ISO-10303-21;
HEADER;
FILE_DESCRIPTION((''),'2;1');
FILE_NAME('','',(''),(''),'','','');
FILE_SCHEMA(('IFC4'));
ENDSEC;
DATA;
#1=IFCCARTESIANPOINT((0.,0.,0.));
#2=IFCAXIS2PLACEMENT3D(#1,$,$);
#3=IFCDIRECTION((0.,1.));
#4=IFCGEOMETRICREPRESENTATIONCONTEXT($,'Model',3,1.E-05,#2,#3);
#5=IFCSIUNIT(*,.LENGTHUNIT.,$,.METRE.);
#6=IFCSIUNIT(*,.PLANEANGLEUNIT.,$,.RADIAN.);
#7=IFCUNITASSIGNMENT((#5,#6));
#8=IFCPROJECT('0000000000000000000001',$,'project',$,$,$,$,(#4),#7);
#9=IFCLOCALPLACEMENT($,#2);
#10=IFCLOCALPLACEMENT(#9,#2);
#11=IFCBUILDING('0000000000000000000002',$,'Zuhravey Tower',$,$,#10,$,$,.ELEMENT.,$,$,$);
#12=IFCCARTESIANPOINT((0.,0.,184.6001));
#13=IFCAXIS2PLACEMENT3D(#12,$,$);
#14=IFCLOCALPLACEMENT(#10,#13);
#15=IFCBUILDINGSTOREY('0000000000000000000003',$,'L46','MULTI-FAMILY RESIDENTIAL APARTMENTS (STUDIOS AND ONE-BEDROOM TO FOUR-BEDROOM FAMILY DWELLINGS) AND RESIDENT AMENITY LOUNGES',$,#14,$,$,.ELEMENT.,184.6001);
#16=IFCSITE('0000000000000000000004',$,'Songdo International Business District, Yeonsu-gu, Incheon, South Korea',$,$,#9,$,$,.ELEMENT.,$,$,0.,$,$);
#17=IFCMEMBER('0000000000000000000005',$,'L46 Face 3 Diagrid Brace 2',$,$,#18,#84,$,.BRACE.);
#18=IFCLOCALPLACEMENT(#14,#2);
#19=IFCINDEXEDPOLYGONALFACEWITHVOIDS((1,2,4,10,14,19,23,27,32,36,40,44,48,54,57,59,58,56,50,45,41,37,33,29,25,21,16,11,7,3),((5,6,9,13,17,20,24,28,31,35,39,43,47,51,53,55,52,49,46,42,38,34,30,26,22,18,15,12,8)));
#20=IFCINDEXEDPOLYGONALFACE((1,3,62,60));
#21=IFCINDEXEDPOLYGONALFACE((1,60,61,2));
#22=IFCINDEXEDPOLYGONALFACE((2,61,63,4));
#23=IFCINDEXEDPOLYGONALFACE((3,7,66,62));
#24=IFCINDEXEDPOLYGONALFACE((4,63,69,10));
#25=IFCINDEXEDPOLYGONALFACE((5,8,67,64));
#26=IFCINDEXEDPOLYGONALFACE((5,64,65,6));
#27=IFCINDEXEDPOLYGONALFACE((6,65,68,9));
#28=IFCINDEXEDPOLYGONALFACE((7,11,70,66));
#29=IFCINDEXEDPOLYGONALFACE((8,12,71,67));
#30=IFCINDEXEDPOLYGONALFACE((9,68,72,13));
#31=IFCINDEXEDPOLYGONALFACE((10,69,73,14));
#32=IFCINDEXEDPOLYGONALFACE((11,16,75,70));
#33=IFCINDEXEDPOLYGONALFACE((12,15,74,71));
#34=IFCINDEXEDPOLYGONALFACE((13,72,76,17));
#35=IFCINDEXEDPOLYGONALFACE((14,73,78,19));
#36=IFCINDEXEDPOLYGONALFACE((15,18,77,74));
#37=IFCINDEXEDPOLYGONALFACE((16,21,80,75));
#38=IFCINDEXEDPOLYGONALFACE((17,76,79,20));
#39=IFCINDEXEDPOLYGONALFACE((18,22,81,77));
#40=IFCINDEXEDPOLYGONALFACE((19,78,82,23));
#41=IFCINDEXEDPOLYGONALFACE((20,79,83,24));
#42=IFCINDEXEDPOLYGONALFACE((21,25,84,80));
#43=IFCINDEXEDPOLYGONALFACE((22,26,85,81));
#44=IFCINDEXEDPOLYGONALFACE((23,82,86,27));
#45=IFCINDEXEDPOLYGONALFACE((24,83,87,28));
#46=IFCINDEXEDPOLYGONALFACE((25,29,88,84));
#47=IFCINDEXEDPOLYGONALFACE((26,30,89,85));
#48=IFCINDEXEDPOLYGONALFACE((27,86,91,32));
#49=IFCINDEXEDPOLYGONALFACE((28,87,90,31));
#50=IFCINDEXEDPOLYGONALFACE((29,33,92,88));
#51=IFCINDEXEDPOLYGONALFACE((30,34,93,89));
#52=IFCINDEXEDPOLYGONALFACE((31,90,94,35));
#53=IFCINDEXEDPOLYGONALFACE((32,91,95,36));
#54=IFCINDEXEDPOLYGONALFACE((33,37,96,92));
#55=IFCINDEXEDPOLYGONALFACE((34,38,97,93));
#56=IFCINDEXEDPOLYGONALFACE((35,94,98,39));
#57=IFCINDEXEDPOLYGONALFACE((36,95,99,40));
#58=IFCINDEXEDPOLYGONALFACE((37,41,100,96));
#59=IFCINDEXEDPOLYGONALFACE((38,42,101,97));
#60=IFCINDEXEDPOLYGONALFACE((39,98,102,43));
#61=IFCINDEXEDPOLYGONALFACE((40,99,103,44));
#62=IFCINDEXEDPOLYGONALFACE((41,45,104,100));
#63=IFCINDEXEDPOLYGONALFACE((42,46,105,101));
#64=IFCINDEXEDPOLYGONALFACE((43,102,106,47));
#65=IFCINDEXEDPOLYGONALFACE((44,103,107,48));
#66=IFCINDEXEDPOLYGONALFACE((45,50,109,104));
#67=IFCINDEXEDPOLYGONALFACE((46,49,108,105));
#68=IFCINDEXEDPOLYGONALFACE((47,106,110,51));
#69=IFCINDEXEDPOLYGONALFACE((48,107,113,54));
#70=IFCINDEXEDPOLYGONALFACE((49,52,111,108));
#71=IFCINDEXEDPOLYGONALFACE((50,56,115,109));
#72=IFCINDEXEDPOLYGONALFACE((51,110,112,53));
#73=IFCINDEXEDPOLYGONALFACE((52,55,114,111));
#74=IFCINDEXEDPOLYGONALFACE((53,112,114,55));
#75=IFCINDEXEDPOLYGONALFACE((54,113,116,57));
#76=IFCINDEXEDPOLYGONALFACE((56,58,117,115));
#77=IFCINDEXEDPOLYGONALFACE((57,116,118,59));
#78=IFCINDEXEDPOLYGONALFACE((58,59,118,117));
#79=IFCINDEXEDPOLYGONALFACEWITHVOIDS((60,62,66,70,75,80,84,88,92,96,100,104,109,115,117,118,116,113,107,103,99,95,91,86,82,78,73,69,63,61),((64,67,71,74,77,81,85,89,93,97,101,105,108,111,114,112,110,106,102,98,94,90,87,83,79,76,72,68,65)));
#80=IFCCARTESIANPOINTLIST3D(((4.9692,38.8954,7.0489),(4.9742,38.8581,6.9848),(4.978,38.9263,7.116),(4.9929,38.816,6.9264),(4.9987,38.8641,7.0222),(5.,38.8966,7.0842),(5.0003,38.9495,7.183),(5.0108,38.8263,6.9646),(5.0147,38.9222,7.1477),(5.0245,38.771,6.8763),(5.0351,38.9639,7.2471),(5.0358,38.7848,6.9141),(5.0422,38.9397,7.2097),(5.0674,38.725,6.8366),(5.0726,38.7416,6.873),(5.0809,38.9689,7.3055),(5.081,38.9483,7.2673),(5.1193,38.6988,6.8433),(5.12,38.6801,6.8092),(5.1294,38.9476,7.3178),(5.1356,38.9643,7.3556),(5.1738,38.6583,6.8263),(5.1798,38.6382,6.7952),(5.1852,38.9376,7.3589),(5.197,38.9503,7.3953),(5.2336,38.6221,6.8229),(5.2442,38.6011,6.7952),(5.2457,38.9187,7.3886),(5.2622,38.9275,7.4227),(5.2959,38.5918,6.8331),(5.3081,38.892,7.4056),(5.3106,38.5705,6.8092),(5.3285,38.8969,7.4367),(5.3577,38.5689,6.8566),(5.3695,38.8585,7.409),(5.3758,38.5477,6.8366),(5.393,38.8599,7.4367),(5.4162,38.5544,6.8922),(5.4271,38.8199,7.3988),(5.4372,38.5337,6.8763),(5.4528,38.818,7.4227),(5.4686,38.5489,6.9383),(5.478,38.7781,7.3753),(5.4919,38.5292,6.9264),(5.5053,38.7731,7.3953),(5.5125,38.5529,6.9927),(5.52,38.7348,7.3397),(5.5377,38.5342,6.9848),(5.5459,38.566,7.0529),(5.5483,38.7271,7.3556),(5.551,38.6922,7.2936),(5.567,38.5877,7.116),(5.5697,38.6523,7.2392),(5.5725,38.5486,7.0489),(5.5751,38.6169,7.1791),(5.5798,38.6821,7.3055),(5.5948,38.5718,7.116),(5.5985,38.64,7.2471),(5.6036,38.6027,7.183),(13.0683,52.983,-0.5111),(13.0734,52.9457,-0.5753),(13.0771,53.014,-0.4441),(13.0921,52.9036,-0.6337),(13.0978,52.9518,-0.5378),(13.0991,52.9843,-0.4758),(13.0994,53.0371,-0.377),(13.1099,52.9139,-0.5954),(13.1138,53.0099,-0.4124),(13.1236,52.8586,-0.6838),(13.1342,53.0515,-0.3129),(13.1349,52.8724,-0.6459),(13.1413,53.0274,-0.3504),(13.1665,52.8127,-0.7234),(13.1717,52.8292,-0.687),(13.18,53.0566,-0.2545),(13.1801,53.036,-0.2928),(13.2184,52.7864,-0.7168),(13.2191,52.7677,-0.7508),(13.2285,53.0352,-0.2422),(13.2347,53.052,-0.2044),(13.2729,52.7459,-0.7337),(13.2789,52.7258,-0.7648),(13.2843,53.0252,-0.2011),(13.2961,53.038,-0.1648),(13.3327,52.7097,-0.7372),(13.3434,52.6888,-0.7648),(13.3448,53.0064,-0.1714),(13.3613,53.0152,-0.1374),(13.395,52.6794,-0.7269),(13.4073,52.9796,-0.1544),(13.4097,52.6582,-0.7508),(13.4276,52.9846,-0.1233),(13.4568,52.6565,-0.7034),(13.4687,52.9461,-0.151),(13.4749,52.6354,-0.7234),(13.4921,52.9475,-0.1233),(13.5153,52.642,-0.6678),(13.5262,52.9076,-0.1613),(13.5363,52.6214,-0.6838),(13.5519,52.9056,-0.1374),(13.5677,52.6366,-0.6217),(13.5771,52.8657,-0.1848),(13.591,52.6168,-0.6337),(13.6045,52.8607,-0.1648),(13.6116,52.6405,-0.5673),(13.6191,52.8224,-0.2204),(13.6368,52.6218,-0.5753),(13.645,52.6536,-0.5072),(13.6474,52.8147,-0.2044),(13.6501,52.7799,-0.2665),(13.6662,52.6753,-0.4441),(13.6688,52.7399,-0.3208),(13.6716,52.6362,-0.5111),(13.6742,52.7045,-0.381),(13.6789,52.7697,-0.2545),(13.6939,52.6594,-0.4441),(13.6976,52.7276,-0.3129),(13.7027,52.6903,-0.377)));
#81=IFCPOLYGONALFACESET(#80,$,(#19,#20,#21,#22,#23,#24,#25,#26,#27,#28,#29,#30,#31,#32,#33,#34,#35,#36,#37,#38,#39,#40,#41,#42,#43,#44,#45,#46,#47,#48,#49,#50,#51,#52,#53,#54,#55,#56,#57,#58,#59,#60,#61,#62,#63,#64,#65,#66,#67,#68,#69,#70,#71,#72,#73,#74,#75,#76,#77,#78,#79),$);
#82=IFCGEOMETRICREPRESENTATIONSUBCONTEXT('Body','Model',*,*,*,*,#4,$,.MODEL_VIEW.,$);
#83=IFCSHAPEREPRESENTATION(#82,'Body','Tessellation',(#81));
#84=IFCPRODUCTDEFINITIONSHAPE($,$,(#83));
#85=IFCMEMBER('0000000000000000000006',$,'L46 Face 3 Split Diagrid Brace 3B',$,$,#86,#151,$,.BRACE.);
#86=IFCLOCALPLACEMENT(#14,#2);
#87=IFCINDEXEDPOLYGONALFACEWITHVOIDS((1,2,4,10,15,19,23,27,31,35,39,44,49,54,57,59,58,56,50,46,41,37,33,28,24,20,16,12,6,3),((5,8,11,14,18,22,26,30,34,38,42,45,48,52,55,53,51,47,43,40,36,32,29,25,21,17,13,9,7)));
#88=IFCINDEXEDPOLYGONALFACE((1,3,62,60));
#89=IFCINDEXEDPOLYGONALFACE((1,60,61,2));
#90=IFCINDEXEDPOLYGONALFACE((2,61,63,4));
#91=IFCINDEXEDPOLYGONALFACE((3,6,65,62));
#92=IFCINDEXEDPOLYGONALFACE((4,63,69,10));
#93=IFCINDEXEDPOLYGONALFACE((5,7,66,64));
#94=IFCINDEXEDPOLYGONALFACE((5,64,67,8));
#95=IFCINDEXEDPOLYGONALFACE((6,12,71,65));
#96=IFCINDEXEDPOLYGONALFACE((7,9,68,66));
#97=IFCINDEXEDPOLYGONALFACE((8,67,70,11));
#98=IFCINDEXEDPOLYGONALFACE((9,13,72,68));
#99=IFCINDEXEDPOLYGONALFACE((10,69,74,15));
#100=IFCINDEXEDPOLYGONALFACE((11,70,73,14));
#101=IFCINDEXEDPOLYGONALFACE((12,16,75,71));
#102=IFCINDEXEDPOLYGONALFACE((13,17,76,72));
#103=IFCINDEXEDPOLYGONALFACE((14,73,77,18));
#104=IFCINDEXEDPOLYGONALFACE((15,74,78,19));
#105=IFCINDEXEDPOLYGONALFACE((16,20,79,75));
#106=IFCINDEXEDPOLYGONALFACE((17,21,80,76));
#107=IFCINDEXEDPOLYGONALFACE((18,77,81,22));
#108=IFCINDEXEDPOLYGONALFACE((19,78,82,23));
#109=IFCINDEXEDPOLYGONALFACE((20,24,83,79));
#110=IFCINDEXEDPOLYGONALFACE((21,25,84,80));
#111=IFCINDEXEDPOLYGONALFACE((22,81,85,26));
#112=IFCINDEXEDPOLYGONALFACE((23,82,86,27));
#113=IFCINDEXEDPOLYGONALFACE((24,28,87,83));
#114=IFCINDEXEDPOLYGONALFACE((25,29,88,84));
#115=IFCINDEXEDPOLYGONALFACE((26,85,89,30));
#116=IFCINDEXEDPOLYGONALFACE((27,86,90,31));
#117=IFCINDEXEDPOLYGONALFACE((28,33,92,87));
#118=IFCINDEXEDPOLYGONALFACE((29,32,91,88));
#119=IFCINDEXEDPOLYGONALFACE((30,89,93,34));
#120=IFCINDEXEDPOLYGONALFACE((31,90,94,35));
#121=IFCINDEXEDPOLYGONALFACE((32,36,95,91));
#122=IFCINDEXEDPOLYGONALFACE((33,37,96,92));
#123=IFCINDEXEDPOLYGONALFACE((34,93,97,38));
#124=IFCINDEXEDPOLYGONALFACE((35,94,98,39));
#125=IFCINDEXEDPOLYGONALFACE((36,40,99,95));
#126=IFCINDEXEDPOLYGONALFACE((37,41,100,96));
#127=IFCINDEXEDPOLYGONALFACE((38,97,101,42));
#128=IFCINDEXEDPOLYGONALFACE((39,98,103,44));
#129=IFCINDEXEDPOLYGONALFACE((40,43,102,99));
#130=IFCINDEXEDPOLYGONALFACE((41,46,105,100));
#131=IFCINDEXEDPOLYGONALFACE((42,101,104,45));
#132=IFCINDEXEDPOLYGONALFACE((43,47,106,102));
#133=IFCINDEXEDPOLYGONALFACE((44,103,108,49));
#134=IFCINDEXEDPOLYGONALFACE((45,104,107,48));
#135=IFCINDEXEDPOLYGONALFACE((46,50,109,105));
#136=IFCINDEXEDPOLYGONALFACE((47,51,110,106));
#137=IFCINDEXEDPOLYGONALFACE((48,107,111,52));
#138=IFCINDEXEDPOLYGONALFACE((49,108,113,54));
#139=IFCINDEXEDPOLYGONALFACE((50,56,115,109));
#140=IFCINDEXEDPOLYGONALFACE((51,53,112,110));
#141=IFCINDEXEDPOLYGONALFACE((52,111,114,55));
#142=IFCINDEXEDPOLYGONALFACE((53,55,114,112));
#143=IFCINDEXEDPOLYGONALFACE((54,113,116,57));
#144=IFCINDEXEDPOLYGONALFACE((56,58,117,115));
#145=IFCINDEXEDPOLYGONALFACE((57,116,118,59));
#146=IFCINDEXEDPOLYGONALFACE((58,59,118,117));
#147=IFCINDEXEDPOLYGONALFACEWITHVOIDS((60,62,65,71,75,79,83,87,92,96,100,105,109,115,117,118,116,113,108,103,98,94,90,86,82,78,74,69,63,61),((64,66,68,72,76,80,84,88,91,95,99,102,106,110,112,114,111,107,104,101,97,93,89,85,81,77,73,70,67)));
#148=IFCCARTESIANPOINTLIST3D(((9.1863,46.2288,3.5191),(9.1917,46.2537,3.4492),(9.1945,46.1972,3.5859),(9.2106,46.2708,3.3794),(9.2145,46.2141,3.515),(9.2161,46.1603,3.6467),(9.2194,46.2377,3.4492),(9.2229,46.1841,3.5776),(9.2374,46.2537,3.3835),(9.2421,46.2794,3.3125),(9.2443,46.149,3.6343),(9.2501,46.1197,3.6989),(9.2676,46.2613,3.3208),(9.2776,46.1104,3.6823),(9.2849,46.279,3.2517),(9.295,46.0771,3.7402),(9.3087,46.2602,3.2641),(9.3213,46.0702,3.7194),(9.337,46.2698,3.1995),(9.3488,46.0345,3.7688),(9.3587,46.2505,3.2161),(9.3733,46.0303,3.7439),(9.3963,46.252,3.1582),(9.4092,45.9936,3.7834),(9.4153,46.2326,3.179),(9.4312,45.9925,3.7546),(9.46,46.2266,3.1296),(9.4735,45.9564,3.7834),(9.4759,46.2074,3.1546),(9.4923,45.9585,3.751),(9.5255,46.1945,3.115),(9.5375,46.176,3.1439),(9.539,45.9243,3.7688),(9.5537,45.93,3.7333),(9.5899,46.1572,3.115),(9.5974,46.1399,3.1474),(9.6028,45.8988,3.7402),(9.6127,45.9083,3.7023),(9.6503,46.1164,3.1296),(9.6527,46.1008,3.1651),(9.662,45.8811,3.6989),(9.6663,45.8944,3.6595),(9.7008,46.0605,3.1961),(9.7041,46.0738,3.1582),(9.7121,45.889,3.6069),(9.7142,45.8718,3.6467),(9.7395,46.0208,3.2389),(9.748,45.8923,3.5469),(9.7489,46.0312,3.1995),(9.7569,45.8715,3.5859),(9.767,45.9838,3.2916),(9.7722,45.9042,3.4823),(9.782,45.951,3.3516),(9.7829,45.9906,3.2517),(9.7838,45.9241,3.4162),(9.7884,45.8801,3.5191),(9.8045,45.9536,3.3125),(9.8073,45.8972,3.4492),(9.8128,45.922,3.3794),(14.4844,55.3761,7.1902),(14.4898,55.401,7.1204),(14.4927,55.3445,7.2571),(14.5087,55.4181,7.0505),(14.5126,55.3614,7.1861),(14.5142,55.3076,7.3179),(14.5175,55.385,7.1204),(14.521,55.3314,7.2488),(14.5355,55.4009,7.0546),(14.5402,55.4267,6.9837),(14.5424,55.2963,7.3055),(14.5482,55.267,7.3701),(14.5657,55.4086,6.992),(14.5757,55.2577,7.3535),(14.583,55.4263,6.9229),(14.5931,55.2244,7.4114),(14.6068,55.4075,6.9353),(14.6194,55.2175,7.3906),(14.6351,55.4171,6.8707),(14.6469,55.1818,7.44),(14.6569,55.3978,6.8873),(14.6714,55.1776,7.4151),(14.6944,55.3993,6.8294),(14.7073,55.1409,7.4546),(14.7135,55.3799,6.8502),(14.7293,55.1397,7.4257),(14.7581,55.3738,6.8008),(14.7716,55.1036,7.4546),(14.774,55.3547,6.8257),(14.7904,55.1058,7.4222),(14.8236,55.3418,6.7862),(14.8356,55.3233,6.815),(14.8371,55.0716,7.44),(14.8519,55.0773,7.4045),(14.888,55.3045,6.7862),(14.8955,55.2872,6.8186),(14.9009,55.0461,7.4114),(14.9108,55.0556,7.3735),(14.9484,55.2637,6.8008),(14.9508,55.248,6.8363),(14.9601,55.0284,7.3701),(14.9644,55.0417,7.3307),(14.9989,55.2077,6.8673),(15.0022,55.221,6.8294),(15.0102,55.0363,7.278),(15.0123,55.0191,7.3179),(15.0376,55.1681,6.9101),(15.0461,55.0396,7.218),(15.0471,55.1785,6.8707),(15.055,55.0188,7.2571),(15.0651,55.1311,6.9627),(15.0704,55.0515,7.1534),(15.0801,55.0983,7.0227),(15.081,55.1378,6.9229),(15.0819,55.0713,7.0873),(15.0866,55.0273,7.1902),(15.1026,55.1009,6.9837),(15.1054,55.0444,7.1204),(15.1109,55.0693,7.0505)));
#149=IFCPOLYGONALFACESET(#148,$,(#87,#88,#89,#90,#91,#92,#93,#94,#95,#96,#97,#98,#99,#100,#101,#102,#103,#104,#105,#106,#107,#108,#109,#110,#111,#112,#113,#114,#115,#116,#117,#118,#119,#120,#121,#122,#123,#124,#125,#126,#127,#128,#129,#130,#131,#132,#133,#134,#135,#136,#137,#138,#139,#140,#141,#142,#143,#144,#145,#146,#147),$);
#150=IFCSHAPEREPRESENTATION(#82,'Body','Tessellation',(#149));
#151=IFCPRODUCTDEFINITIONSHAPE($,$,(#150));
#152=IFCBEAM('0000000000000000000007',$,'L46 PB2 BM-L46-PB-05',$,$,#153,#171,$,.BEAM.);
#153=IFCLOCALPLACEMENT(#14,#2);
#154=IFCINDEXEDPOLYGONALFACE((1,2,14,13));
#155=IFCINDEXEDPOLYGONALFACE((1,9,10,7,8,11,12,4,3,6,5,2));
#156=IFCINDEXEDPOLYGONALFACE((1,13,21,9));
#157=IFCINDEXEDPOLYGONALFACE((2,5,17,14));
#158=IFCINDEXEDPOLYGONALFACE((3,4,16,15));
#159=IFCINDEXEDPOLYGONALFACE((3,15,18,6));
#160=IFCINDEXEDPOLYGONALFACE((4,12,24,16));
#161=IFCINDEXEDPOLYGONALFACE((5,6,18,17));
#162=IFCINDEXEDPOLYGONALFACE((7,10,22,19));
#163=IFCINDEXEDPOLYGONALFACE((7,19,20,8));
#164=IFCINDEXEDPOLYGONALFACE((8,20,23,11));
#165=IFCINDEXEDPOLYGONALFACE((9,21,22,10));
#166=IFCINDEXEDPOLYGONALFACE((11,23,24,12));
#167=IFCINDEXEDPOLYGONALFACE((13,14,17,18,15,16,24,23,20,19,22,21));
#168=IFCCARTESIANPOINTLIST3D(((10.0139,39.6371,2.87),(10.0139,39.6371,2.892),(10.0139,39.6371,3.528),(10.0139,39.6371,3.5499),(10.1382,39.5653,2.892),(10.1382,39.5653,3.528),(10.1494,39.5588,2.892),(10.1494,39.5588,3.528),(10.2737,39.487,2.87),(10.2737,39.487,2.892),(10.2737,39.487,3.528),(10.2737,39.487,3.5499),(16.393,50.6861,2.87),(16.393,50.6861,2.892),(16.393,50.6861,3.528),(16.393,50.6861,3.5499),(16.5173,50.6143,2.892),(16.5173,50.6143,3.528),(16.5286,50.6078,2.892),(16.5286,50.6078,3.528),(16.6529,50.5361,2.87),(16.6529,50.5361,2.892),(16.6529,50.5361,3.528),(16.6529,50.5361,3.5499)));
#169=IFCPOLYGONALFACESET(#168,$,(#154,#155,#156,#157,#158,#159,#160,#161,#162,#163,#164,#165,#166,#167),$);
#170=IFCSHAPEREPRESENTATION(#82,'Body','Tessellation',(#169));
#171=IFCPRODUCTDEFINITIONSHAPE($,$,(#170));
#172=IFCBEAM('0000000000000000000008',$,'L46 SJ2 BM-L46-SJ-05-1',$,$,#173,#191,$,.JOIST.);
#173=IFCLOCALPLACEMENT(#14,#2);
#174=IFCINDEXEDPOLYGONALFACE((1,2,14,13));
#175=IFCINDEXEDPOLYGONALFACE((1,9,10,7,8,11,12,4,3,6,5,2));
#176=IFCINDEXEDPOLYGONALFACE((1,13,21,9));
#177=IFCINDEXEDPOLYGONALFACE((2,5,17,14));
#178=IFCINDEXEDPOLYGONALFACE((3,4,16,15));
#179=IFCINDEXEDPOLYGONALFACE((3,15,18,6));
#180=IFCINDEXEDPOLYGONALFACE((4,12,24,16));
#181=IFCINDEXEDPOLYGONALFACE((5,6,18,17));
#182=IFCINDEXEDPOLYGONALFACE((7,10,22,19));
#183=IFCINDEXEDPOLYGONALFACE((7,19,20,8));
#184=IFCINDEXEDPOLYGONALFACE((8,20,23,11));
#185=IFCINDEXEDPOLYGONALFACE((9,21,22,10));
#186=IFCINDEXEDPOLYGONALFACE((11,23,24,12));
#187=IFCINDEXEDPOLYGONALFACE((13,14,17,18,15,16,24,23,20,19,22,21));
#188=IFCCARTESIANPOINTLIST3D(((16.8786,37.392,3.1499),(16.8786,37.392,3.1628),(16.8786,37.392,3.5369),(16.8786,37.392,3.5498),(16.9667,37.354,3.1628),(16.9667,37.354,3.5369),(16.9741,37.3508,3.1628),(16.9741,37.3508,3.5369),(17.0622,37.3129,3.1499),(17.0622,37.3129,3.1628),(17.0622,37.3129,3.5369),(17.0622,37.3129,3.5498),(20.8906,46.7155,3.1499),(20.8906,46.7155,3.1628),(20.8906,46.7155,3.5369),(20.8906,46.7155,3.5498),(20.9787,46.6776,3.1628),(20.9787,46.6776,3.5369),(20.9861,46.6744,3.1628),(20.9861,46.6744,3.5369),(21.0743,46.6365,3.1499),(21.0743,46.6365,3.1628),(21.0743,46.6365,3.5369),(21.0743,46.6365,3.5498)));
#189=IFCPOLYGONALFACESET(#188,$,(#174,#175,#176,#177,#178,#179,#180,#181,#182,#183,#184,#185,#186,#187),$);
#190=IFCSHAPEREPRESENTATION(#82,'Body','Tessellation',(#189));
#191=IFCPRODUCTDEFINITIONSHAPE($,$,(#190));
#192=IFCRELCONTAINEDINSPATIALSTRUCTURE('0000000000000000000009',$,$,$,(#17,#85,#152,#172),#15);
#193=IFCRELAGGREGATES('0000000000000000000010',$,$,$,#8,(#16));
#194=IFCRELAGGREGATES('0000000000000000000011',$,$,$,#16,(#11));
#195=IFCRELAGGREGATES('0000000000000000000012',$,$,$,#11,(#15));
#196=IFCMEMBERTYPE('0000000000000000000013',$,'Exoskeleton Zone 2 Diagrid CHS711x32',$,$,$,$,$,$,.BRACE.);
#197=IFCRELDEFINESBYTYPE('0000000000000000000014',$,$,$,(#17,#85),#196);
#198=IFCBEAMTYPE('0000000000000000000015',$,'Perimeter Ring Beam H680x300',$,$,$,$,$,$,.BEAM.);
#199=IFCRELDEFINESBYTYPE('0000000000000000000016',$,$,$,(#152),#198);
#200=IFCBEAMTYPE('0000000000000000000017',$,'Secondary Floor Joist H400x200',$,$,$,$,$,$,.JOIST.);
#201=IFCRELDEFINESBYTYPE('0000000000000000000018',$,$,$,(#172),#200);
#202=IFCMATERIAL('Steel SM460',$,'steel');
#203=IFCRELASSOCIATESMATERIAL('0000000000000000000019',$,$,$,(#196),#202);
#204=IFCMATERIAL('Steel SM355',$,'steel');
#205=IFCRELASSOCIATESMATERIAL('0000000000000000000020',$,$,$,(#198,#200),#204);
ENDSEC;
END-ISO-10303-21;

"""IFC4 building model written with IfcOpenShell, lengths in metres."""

from ifc_helpers import new_model, si_unit, direction, frame, origin, origin_2d, place, context, subcontext, project, spatial, hollow_circle, i_section, extrude, material, material_profile, profile_set, type_object, element, save


model = new_model("IFC4")

# Units and contexts
model_context = context("Model", 3, precision=1e-05, world=origin(), true_north=direction((0.0, 1.0)))
body_context = subcontext(model_context, "Body", "Model", "MODEL_VIEW")
ifc_project = project(units=[si_unit("LENGTHUNIT", "METRE"), si_unit("PLANEANGLEUNIT", "RADIAN")], contexts=[model_context])

# Site, building, storey
site_placement = place(None, origin())
site = spatial("IfcSite", under=ifc_project, at=site_placement, Name="Songdo International Business District, Yeonsu-gu, Incheon, South Korea", CompositionType="ELEMENT", RefElevation=0.0)
building_placement = place(site_placement, origin())
building = spatial("IfcBuilding", under=site, at=building_placement, Name="Zuhravey Tower", CompositionType="ELEMENT")
storey_placement = place(building_placement, frame((0.0, 0.0, 184.6001)))
storey = spatial("IfcBuildingStorey", under=building, at=storey_placement, Name="L46", Description="MULTI-FAMILY RESIDENTIAL APARTMENTS (STUDIOS AND ONE-BEDROOM TO FOUR-BEDROOM FAMILY DWELLINGS) AND RESIDENT AMENITY LOUNGES", CompositionType="ELEMENT", Elevation=184.6001)

# Members
ifc_material_1 = material(Name="Steel SM355", Category="steel")
ifc_material_2 = material(Name="Steel SM460", Category="steel")
ifc_material_profile_1 = material_profile(ifc_material_2, hollow_circle(Radius=0.3557, WallThickness=0.032, at=origin_2d()), Name="CHS-711.2x32")
ifc_profile_set_1 = profile_set([ifc_material_profile_1], Name="Steel SM460")
member_type_1 = type_object("IfcMemberType", Name="Exoskeleton Zone 2 Diagrid CHS711x32", PredefinedType="BRACE", material=ifc_profile_set_1)
member_1_placement = place(storey_placement, frame((13.3855, 52.8367, -0.4441), z_axis=(-0.4519, -0.786036, 0.421822), x_axis=(0.86694, -0.498412, 0.0)))
element("IfcMember", 1, at=member_1_placement, inside=storey, type_object=member_type_1, Name="L46 Face 3 Diagrid Brace 2", PredefinedType="BRACE", context=body_context, shape_type="SweptSolid", body=[
    extrude(hollow_circle(Radius=0.3557, WallThickness=0.032, at=origin_2d()), origin(), (0.0, 0.0, 1.0), 17.9224),
])
member_2_placement = place(storey_placement, frame((9.4995, 46.0754, 3.4492), z_axis=(0.473462, 0.817437, 0.32807), x_axis=(-0.86533, 0.501202, 0.0)))
element("IfcMember", 2, at=member_2_placement, inside=storey, type_object=member_type_1, Name="L46 Face 3 Split Diagrid Brace 3B", PredefinedType="BRACE", context=body_context, shape_type="SweptSolid", body=[
    extrude(hollow_circle(Radius=0.3557, WallThickness=0.032, at=origin_2d()), origin(), (0.0, 0.0, 1.0), 11.1902),
])

# Beams
ifc_material_profile_2 = material_profile(ifc_material_1, i_section(OverallWidth=0.3, OverallDepth=0.6799, WebThickness=0.0129, FlangeThickness=0.022, at=origin_2d()), Name="H-680x300x13x22")
ifc_profile_set_2 = profile_set([ifc_material_profile_2], Name="Steel SM355")
beam_type_1 = type_object("IfcBeamType", Name="Perimeter Ring Beam H680x300", PredefinedType="BEAM", material=ifc_profile_set_2)
beam_1_placement = place(storey_placement, frame((16.5229, 50.6111, 3.21), z_axis=(-0.499998, -0.866027, 0.0), x_axis=(0.866027, -0.499998, 0.0)))
element("IfcBeam", 3, at=beam_1_placement, inside=storey, type_object=beam_type_1, Name="L46 PB2 BM-L46-PB-05", PredefinedType="BEAM", context=body_context, shape_type="SweptSolid", body=[
    extrude(i_section(OverallWidth=0.3, OverallDepth=0.6799, WebThickness=0.0129, FlangeThickness=0.022, at=origin_2d()), origin(), (0.0, 0.0, 1.0), 12.7583),
])
ifc_material_profile_3 = material_profile(ifc_material_1, i_section(OverallWidth=0.2, OverallDepth=0.3999, WebThickness=0.0081, FlangeThickness=0.0129, at=origin_2d()), Name="H-400x200x8x13")
ifc_profile_set_3 = profile_set([ifc_material_profile_3], Name="Steel SM355")
beam_type_2 = type_object("IfcBeamType", Name="Secondary Floor Joist H400x200", PredefinedType="JOIST", material=ifc_profile_set_3)
beam_2_placement = place(storey_placement, frame((20.9824, 46.676, 3.3499), z_axis=(-0.395266, -0.918567, 0.0), x_axis=(0.918567, -0.395266, 0.0)))
element("IfcBeam", 4, at=beam_2_placement, inside=storey, type_object=beam_type_2, Name="L46 SJ2 BM-L46-SJ-05-1", PredefinedType="JOIST", context=body_context, shape_type="SweptSolid", body=[
    extrude(i_section(OverallWidth=0.2, OverallDepth=0.3999, WebThickness=0.0081, FlangeThickness=0.0129, at=origin_2d()), origin(), (0.0, 0.0, 1.0), 10.1501),
])

save(model, "model.ifc")
